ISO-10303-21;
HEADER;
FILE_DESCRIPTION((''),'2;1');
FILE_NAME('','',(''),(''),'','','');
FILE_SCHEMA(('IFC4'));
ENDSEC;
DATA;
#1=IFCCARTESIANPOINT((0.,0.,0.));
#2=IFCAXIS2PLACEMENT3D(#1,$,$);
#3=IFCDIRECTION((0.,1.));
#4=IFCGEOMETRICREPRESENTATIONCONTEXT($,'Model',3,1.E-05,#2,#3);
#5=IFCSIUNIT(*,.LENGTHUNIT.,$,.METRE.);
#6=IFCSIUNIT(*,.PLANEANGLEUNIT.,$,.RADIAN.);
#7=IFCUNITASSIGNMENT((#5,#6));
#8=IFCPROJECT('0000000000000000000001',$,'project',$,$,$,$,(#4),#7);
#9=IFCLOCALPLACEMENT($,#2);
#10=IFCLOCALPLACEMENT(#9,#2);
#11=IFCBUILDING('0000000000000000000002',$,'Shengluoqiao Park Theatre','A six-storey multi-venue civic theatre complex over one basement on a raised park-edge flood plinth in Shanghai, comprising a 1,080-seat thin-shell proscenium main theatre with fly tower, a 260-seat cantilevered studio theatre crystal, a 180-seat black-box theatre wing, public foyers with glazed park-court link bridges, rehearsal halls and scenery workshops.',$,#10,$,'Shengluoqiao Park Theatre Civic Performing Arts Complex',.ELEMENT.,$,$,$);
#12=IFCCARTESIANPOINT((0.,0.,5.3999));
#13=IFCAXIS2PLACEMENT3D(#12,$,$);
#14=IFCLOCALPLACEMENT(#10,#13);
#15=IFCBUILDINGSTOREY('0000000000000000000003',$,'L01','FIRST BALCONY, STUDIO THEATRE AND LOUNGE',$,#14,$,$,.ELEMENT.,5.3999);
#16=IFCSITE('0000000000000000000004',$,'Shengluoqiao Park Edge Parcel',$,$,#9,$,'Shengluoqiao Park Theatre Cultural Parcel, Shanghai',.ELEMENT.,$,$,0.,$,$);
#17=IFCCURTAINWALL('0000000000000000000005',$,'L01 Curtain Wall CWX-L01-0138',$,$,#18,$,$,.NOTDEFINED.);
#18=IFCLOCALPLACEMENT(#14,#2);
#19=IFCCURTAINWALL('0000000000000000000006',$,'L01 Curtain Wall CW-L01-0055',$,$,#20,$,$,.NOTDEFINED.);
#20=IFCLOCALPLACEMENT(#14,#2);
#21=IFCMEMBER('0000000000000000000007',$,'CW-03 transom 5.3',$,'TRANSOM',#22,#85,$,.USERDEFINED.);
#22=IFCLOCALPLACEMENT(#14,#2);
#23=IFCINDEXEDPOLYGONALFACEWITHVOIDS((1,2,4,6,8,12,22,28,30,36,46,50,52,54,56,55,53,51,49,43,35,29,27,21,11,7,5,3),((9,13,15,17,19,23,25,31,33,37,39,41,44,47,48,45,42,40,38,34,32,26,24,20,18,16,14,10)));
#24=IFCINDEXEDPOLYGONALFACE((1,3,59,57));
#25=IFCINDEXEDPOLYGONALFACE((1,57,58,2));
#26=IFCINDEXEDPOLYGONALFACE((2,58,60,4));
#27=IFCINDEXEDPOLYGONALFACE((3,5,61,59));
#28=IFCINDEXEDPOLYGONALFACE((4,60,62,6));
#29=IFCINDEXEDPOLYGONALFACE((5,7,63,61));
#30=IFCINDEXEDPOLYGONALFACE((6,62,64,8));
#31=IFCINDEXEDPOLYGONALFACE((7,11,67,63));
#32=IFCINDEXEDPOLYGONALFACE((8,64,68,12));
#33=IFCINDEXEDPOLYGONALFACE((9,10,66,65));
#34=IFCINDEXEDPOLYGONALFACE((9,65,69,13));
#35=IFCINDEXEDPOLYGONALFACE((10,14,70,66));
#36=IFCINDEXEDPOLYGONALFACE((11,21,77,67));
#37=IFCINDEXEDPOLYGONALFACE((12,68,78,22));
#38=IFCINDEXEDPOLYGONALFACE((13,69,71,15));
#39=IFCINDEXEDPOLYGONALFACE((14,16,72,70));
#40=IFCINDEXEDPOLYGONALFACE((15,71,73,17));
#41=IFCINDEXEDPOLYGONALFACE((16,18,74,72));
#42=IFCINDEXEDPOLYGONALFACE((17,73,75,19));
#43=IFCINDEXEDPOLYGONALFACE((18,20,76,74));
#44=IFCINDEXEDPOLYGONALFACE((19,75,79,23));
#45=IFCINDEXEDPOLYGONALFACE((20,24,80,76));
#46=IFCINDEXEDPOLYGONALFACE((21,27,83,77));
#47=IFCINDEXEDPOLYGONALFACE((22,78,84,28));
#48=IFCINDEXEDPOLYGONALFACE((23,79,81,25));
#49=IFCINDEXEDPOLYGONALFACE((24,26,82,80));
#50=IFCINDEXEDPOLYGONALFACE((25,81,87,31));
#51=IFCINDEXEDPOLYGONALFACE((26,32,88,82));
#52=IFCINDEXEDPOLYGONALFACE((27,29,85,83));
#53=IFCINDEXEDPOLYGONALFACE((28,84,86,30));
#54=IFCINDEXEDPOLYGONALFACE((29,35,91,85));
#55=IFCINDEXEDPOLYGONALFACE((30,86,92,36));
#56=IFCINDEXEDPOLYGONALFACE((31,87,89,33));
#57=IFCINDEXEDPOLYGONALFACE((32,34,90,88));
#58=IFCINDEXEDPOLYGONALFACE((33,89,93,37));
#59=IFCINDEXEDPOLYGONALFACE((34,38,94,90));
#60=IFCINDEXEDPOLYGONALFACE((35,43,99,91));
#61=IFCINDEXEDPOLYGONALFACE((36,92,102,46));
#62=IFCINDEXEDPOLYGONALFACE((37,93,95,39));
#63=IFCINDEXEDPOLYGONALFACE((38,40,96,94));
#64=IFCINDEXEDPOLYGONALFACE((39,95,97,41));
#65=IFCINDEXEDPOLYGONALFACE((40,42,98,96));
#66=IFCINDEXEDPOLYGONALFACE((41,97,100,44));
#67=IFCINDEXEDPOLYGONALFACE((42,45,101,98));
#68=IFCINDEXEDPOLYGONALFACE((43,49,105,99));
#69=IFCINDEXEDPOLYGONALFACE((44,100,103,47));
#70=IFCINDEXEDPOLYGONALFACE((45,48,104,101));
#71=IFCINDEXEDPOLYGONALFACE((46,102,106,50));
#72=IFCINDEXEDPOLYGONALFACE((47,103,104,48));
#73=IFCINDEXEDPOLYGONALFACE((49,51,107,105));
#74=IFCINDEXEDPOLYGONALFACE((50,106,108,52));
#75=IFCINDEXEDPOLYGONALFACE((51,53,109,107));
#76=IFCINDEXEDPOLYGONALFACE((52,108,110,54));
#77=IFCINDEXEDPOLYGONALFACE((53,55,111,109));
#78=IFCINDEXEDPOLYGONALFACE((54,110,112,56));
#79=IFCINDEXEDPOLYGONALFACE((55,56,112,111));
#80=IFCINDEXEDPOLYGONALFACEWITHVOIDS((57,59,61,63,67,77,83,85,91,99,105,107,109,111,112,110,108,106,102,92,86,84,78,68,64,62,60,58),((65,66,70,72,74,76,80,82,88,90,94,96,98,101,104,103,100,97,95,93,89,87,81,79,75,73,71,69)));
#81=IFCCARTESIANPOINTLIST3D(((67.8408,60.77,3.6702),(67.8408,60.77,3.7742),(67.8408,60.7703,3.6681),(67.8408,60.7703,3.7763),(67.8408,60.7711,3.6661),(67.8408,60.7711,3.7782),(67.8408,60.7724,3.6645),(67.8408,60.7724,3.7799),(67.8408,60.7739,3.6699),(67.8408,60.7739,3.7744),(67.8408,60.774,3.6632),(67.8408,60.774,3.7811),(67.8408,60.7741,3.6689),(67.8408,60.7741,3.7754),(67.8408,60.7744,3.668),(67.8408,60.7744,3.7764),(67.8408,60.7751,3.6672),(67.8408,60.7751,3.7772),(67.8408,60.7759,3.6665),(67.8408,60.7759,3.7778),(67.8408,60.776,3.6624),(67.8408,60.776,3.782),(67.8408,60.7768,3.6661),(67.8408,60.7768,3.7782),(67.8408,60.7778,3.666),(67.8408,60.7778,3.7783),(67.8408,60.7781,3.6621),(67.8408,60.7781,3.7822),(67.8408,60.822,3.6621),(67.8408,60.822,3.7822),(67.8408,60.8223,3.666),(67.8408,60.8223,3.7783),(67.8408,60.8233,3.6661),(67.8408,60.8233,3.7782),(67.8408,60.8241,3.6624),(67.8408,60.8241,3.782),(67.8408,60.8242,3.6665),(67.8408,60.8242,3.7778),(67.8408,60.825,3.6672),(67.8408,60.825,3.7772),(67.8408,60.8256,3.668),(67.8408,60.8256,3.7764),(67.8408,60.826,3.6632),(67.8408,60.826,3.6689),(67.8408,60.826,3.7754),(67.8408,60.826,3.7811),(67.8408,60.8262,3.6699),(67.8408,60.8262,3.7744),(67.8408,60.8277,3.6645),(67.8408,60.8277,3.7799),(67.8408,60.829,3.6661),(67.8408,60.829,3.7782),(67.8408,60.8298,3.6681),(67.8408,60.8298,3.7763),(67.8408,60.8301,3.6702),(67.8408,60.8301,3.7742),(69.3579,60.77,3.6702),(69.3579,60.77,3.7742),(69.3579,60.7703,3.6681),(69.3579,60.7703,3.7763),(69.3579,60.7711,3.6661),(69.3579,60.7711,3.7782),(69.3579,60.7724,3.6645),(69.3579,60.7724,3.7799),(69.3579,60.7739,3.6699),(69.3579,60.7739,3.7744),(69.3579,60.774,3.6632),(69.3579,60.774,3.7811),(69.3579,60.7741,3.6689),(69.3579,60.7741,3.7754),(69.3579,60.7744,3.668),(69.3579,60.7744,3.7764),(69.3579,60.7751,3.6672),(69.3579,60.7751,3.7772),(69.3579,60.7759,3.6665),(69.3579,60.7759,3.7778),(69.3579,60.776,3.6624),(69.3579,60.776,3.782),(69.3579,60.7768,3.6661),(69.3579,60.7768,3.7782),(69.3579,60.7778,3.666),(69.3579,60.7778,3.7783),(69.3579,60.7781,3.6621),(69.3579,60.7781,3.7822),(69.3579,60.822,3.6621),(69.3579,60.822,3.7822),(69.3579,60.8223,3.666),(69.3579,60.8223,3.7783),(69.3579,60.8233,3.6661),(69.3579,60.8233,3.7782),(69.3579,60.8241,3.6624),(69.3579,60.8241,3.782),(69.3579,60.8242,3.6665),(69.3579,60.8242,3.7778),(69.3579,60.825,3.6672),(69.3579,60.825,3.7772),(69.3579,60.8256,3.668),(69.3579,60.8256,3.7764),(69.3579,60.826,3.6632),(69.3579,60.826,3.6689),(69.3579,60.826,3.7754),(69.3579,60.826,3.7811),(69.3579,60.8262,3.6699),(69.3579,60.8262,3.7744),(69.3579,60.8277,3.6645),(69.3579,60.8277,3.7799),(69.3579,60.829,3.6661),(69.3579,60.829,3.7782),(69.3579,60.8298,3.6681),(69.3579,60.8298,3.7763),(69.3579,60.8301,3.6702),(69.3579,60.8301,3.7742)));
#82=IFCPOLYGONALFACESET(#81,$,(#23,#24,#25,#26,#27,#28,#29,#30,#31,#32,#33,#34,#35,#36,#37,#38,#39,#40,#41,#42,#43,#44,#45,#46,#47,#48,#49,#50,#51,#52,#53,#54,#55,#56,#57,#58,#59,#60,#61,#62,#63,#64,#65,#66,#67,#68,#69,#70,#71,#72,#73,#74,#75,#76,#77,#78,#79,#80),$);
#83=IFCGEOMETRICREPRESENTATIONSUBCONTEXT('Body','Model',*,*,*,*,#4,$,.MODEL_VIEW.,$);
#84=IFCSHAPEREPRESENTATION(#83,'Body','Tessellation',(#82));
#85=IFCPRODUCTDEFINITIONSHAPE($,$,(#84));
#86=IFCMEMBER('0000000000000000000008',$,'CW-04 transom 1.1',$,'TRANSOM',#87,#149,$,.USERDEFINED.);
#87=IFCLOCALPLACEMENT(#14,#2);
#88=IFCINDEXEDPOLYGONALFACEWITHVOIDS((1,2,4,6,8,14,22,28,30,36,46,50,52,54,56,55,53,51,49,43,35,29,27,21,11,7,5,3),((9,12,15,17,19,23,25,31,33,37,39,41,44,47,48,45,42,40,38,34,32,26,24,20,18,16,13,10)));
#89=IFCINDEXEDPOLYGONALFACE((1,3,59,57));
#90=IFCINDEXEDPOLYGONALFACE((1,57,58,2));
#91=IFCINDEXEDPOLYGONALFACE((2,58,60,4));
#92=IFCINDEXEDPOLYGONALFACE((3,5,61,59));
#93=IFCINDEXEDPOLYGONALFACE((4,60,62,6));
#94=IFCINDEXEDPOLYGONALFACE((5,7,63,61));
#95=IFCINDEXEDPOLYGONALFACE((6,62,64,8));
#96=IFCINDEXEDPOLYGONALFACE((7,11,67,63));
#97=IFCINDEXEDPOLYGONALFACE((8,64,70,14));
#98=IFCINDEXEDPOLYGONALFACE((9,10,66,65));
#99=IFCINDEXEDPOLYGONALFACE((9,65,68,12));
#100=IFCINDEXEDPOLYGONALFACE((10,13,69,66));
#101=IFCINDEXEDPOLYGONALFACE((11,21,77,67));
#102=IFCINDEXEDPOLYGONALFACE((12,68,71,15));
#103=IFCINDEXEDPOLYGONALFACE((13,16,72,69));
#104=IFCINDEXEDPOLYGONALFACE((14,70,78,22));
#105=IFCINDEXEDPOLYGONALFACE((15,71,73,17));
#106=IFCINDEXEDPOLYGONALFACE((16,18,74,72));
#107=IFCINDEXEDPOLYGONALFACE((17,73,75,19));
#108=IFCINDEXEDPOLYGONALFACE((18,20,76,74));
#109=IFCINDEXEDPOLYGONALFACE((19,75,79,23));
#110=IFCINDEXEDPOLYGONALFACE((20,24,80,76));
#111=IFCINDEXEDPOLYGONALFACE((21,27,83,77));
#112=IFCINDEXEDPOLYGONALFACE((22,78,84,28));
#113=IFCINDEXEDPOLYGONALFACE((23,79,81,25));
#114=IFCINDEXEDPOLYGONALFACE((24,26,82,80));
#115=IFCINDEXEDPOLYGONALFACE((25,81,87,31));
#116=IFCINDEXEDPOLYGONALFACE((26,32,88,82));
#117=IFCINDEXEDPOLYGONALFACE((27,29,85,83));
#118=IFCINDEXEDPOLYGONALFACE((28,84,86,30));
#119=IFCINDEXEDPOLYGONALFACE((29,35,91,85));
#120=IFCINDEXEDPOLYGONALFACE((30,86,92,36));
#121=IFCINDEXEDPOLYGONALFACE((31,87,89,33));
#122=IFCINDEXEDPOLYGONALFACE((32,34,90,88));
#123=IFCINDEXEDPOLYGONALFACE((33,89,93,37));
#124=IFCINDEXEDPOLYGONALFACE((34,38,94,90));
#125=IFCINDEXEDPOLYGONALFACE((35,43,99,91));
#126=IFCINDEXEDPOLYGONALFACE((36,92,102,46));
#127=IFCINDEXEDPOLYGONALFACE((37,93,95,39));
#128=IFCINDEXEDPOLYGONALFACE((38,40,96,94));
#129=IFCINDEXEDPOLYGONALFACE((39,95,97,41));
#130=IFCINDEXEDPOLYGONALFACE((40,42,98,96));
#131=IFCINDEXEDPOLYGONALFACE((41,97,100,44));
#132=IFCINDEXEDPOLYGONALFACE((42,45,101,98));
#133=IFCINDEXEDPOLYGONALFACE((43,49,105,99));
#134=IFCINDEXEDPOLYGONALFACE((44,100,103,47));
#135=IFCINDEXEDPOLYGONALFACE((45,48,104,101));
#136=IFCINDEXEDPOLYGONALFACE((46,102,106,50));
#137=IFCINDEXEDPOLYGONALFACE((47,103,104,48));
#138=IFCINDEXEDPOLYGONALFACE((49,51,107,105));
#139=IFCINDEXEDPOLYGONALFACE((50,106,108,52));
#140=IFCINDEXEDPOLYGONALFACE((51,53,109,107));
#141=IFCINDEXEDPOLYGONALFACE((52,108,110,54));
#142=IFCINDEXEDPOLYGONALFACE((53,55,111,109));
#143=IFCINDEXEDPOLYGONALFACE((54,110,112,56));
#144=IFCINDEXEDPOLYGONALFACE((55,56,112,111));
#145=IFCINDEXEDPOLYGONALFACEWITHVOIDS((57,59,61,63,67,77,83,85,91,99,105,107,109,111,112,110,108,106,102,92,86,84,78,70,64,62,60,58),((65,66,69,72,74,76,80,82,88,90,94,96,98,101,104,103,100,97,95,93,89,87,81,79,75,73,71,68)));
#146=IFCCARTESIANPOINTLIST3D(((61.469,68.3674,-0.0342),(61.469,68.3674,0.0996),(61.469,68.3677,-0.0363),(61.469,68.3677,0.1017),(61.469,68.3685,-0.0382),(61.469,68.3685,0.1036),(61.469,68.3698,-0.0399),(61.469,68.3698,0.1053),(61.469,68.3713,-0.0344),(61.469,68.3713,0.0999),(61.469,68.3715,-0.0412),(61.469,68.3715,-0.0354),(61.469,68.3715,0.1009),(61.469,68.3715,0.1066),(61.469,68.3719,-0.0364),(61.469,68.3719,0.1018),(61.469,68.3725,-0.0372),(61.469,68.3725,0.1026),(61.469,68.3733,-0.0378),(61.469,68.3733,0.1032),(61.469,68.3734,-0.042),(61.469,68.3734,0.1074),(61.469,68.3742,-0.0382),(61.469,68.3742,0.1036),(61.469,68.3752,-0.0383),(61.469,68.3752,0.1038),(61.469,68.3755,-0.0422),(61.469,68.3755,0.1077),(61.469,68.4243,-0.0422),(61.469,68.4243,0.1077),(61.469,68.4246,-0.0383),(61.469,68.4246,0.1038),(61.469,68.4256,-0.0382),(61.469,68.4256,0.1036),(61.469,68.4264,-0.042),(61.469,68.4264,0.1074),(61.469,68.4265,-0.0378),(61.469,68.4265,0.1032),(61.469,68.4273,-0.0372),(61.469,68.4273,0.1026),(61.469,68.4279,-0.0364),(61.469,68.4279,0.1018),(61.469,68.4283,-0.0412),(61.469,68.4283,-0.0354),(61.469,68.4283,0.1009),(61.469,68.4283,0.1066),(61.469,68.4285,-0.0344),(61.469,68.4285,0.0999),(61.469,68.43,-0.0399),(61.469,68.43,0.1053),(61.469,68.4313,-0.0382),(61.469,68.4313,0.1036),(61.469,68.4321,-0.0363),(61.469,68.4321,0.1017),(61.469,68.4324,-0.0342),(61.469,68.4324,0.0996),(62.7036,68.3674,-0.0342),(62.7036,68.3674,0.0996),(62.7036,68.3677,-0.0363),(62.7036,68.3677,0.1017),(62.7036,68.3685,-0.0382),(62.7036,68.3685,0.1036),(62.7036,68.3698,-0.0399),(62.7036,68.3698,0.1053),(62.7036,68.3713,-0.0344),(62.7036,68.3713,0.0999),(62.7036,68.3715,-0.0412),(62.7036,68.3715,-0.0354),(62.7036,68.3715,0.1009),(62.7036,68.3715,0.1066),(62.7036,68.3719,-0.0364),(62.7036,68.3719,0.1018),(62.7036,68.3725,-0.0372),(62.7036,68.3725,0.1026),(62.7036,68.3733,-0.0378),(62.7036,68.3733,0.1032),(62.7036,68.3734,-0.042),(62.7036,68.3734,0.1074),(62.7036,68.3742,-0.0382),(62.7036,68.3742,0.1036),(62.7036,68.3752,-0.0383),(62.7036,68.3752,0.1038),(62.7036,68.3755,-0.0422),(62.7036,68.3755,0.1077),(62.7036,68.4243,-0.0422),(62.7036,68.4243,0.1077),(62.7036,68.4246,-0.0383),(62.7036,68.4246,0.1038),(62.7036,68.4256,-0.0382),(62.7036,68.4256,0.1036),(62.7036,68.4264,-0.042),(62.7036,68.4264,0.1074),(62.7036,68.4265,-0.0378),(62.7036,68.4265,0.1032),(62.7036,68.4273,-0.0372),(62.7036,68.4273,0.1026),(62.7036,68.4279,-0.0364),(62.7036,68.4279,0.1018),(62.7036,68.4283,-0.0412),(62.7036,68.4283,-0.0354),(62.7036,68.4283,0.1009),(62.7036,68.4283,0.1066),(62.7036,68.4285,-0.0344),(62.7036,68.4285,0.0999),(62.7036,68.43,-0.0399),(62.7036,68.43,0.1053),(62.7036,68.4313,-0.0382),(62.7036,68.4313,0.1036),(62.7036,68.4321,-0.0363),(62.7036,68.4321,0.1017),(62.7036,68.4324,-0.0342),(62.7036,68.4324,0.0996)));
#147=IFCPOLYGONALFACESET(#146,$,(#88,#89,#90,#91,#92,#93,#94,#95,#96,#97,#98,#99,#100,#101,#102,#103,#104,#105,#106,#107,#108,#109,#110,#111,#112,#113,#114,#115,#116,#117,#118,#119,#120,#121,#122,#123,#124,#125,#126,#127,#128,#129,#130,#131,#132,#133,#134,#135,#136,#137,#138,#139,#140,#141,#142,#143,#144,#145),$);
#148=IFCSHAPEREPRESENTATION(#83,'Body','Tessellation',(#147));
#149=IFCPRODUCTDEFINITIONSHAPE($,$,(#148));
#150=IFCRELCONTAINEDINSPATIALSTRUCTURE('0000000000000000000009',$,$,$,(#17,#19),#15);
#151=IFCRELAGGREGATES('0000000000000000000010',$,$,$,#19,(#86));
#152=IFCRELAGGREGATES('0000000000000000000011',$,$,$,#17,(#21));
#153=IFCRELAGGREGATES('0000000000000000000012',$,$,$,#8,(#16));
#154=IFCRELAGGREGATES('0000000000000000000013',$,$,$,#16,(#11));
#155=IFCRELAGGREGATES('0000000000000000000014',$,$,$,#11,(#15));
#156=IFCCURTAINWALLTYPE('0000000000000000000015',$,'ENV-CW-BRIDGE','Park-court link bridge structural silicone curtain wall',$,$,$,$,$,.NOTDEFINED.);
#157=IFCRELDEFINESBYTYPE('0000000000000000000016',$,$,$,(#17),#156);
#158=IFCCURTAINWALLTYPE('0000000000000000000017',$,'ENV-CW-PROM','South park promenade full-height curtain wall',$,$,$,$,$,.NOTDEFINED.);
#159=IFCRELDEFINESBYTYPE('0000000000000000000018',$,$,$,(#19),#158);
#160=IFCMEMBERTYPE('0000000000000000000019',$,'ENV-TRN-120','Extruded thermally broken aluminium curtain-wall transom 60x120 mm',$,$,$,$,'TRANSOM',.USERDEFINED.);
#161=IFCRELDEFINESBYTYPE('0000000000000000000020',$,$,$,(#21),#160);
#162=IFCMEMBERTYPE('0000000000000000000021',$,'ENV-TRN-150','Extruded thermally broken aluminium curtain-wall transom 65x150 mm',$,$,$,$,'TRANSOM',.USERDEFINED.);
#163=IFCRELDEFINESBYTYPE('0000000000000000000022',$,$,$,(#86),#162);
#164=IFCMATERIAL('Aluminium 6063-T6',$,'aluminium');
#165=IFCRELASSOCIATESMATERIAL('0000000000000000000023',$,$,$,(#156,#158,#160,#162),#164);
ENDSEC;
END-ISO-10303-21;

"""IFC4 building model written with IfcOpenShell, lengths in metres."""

from ifc_helpers import new_model, si_unit, direction, frame, origin, origin_2d, place, context, subcontext, project, spatial, hollow_rectangle, extrude, material, material_profile, profile_set, type_object, element, aggregate, save


model = new_model("IFC4")

# Units and contexts
model_context = context("Model", 3, precision=1e-05, world=origin(), true_north=direction((0.0, 1.0)))
body_context = subcontext(model_context, "Body", "Model", "MODEL_VIEW")
ifc_project = project(units=[si_unit("LENGTHUNIT", "METRE"), si_unit("PLANEANGLEUNIT", "RADIAN")], contexts=[model_context])

# Site, building, storey
site_placement = place(None, origin())
site = spatial("IfcSite", under=ifc_project, at=site_placement, Name="Shengluoqiao Park Edge Parcel", LongName="Shengluoqiao Park Theatre Cultural Parcel, Shanghai", CompositionType="ELEMENT", RefElevation=0.0)
building_placement = place(site_placement, origin())
building = spatial("IfcBuilding", under=site, at=building_placement, Name="Shengluoqiao Park Theatre", Description="A six-storey multi-venue civic theatre complex over one basement on a raised park-edge flood plinth in Shanghai, comprising a 1,080-seat thin-shell proscenium main theatre with fly tower, a 260-seat cantilevered studio theatre crystal, a 180-seat black-box theatre wing, public foyers with glazed park-court link bridges, rehearsal halls and scenery workshops.", LongName="Shengluoqiao Park Theatre Civic Performing Arts Complex", CompositionType="ELEMENT")
storey_placement = place(building_placement, frame((0.0, 0.0, 5.3999)))
storey = spatial("IfcBuildingStorey", under=building, at=storey_placement, Name="L01", Description="FIRST BALCONY, STUDIO THEATRE AND LOUNGE", CompositionType="ELEMENT", Elevation=5.3999)

# Curtain wall
ifc_material_1 = material(Name="Aluminium 6063-T6", Category="aluminium")
curtain_wall_type_1 = type_object("IfcCurtainWallType", Name="ENV-CW-BRIDGE", Description="Park-court link bridge structural silicone curtain wall", PredefinedType="NOTDEFINED", material=ifc_material_1)
curtain_wall_1_placement = place(storey_placement, origin())
curtain_wall_1 = element("IfcCurtainWall", 1, at=curtain_wall_1_placement, inside=storey, type_object=curtain_wall_type_1, Name="L01 Curtain Wall CWX-L01-0138", PredefinedType="NOTDEFINED")

# Curtain wall
curtain_wall_type_2 = type_object("IfcCurtainWallType", Name="ENV-CW-PROM", Description="South park promenade full-height curtain wall", PredefinedType="NOTDEFINED", material=ifc_material_1)
curtain_wall_2_placement = place(storey_placement, origin())
curtain_wall_2 = element("IfcCurtainWall", 2, at=curtain_wall_2_placement, inside=storey, type_object=curtain_wall_type_2, Name="L01 Curtain Wall CW-L01-0055", PredefinedType="NOTDEFINED")

# Members
ifc_material_profile_1 = material_profile(ifc_material_1, hollow_rectangle(XDim=0.0601, YDim=0.1201, WallThickness=0.0039, InnerFilletRadius=0.0039, OuterFilletRadius=0.0081, at=origin_2d()), Name="ALU TRANSOM 120x60x4")
ifc_profile_set_1 = profile_set([ifc_material_profile_1], Name="Aluminium 6063-T6")
member_type_1 = type_object("IfcMemberType", Name="ENV-TRN-120", Description="Extruded thermally broken aluminium curtain-wall transom 60x120 mm", ElementType="TRANSOM", PredefinedType="USERDEFINED", material=ifc_profile_set_1)
member_1_placement = place(storey_placement, frame((67.8408, 60.8, 3.7222), z_axis=(1.0, 0.0, 0.0), x_axis=(0.0, 1.0, 0.0)))
member_1 = element("IfcMember", 3, at=member_1_placement, type_object=member_type_1, Name="CW-03 transom 5.3", ObjectType="TRANSOM", PredefinedType="USERDEFINED", context=body_context, shape_type="SweptSolid", body=[
    extrude(hollow_rectangle(XDim=0.0601, YDim=0.1201, WallThickness=0.0039, InnerFilletRadius=0.0039, OuterFilletRadius=0.0081, at=origin_2d()), origin(), (0.0, 0.0, 1.0), 1.5171),
])
ifc_material_profile_2 = material_profile(ifc_material_1, hollow_rectangle(XDim=0.0649, YDim=0.1499, WallThickness=0.0039, InnerFilletRadius=0.0039, OuterFilletRadius=0.0081, at=origin_2d()), Name="ALU TRANSOM 150x65x4")
ifc_profile_set_2 = profile_set([ifc_material_profile_2], Name="Aluminium 6063-T6")
member_type_2 = type_object("IfcMemberType", Name="ENV-TRN-150", Description="Extruded thermally broken aluminium curtain-wall transom 65x150 mm", ElementType="TRANSOM", PredefinedType="USERDEFINED", material=ifc_profile_set_2)
member_2_placement = place(storey_placement, frame((61.469, 68.3999, 0.0327), z_axis=(1.0, 0.0, 0.0), x_axis=(0.0, 1.0, 0.0)))
member_2 = element("IfcMember", 4, at=member_2_placement, type_object=member_type_2, Name="CW-04 transom 1.1", ObjectType="TRANSOM", PredefinedType="USERDEFINED", context=body_context, shape_type="SweptSolid", body=[
    extrude(hollow_rectangle(XDim=0.0649, YDim=0.1499, WallThickness=0.0039, InnerFilletRadius=0.0039, OuterFilletRadius=0.0081, at=origin_2d()), origin(), (0.0, 0.0, 1.0), 1.2346),
])
aggregate(curtain_wall_2, [member_2])

aggregate(curtain_wall_1, [member_1])

save(model, "model.ifc")
